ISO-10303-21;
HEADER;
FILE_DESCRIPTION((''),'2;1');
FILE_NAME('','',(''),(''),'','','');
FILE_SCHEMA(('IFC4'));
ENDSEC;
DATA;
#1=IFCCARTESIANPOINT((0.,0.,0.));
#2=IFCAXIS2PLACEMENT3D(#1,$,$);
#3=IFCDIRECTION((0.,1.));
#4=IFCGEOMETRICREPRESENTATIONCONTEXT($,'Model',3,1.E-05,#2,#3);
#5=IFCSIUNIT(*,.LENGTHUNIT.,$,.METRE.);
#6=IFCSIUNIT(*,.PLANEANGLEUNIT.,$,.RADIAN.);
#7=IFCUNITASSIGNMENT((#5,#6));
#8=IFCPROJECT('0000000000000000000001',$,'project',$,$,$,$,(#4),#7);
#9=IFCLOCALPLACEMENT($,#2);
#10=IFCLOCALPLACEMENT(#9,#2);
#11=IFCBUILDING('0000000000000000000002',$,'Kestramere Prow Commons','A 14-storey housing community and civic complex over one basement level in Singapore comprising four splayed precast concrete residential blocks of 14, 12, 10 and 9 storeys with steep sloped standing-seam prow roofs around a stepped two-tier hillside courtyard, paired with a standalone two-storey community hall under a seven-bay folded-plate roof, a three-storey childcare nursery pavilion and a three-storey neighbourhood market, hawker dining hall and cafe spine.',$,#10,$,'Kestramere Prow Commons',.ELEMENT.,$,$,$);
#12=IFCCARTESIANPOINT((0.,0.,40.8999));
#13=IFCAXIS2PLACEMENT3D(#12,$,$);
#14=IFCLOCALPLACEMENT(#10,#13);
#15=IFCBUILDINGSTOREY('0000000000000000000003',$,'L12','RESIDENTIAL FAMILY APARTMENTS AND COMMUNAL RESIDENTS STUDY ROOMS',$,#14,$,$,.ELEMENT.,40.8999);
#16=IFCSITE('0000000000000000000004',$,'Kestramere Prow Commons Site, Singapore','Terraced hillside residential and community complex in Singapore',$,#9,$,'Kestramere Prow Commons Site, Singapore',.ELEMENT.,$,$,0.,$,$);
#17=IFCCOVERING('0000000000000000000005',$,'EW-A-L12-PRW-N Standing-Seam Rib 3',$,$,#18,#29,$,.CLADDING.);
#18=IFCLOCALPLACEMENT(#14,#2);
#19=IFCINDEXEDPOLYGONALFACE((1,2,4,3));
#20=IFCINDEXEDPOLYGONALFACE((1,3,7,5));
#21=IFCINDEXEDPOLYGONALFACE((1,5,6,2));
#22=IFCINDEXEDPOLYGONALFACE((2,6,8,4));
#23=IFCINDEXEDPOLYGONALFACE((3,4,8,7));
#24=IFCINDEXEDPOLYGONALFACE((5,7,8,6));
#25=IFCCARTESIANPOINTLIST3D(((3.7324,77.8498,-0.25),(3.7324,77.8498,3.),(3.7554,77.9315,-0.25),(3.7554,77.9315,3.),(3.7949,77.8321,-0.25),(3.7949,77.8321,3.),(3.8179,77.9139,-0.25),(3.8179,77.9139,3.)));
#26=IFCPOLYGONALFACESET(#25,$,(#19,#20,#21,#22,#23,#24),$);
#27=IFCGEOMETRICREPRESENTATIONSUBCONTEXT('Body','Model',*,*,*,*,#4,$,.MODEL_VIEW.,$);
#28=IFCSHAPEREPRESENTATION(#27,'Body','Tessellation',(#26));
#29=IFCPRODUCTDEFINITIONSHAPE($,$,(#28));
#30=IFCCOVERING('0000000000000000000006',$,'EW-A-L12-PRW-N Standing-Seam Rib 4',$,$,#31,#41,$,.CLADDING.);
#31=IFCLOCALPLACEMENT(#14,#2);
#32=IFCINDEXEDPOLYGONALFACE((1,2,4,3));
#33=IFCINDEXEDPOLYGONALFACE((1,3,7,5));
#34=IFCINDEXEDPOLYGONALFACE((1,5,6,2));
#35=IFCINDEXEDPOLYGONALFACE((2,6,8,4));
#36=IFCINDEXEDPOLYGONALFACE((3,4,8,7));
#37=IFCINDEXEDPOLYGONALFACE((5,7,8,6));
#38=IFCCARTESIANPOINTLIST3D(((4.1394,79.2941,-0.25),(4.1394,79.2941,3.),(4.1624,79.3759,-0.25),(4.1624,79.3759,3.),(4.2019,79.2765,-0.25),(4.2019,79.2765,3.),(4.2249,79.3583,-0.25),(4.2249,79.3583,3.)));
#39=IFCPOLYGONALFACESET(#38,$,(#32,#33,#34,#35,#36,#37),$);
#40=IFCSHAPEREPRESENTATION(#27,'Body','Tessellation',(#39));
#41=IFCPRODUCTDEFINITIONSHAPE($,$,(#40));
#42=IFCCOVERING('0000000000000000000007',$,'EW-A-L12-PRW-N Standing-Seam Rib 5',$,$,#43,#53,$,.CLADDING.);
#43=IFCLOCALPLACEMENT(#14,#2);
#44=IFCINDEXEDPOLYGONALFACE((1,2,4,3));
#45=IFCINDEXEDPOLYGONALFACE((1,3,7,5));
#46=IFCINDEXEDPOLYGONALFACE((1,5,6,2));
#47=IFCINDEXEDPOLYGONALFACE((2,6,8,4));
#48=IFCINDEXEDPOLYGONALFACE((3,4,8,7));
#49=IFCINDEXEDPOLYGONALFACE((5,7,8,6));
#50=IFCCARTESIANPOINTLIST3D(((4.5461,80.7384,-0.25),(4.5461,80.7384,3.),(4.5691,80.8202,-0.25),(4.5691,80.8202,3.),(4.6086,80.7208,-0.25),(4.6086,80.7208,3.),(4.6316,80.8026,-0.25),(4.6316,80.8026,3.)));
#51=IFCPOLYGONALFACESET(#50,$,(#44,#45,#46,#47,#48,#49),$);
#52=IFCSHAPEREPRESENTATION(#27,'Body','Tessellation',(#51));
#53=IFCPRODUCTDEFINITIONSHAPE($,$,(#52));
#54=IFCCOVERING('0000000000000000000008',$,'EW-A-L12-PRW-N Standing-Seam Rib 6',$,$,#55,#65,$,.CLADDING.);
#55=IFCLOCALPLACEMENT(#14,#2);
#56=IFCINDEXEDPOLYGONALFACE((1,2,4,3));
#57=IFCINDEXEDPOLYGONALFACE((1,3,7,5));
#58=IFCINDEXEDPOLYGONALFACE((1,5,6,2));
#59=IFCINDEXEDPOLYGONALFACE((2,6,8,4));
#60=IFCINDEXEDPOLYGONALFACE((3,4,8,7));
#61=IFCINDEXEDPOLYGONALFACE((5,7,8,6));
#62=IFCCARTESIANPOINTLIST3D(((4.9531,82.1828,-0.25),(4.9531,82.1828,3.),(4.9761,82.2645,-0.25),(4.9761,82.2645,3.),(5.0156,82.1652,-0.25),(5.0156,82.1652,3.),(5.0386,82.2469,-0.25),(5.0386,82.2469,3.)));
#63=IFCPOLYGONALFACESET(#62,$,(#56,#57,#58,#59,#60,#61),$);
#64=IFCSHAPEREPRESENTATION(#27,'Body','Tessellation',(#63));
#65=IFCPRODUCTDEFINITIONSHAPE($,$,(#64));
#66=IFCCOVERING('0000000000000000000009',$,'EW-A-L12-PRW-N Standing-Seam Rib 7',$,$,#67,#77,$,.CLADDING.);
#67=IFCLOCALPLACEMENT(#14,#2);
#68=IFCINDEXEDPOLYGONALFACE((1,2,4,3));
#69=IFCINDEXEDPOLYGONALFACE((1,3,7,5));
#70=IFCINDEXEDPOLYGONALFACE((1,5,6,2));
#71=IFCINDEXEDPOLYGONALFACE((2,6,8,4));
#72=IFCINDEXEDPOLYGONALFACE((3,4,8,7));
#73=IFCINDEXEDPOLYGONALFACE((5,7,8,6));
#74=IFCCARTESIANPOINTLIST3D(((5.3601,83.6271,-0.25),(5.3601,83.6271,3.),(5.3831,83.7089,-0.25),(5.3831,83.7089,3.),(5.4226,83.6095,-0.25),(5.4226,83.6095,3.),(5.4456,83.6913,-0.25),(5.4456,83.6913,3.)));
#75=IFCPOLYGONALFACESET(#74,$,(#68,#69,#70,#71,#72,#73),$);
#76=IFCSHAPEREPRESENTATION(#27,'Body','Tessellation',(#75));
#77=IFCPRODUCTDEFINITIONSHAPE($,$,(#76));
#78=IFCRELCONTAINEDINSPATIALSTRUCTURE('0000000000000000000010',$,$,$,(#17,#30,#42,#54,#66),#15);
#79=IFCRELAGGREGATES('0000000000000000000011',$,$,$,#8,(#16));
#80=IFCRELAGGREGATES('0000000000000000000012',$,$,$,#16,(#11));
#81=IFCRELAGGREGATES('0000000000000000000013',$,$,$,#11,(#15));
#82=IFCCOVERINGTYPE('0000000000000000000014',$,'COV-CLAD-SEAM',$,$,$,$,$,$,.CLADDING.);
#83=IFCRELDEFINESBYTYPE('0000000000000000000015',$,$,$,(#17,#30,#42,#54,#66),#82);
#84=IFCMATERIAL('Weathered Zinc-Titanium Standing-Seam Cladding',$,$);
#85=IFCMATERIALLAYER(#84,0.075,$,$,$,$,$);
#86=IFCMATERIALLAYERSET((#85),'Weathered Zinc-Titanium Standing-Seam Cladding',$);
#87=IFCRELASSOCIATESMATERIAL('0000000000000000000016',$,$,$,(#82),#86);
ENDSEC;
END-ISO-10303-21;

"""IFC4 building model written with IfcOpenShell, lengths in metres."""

from ifc_helpers import new_model, si_unit, direction, frame, origin, origin_2d, place, context, subcontext, project, spatial, rectangle, extrude, material, layer, layer_set, type_object, element, save


model = new_model("IFC4")

# Units and contexts
model_context = context("Model", 3, precision=1e-05, world=origin(), true_north=direction((0.0, 1.0)))
body_context = subcontext(model_context, "Body", "Model", "MODEL_VIEW")
ifc_project = project(units=[si_unit("LENGTHUNIT", "METRE"), si_unit("PLANEANGLEUNIT", "RADIAN")], contexts=[model_context])

# Site, building, storey
site_placement = place(None, origin())
site = spatial("IfcSite", under=ifc_project, at=site_placement, Name="Kestramere Prow Commons Site, Singapore", Description="Terraced hillside residential and community complex in Singapore", LongName="Kestramere Prow Commons Site, Singapore", CompositionType="ELEMENT", RefElevation=0.0)
building_placement = place(site_placement, origin())
building = spatial("IfcBuilding", under=site, at=building_placement, Name="Kestramere Prow Commons", Description="A 14-storey housing community and civic complex over one basement level in Singapore comprising four splayed precast concrete residential blocks of 14, 12, 10 and 9 storeys with steep sloped standing-seam prow roofs around a stepped two-tier hillside courtyard, paired with a standalone two-storey community hall under a seven-bay folded-plate roof, a three-storey childcare nursery pavilion and a three-storey neighbourhood market, hawker dining hall and cafe spine.", LongName="Kestramere Prow Commons", CompositionType="ELEMENT")
storey_placement = place(building_placement, frame((0.0, 0.0, 40.8999)))
storey = spatial("IfcBuildingStorey", under=building, at=storey_placement, Name="L12", Description="RESIDENTIAL FAMILY APARTMENTS AND COMMUNAL RESIDENTS STUDY ROOMS", CompositionType="ELEMENT", Elevation=40.8999)

# Coverings
ifc_material_1 = material(Name="Weathered Zinc-Titanium Standing-Seam Cladding")
ifc_layer_1 = layer(ifc_material_1, 0.075)
ifc_layer_set_1 = layer_set([ifc_layer_1], Name="Weathered Zinc-Titanium Standing-Seam Cladding")
covering_type = type_object("IfcCoveringType", Name="COV-CLAD-SEAM", PredefinedType="CLADDING", material=ifc_layer_set_1)
for number, where, z_axis, x_axis, name in (
    (1, (3.7751, 77.8818, -0.25), (0.0, 0.0, 1.0), (0.27116, 0.962534, 0.0), "EW-A-L12-PRW-N Standing-Seam Rib 3"),
    (2, (4.1821, 79.3262, -0.25), (0.0, 0.0, 1.0), (0.27116, 0.962534, 0.0), "EW-A-L12-PRW-N Standing-Seam Rib 4"),
    (3, (4.5889, 80.7705, -0.25), (0.0, 0.0, 1.0), (0.27116, 0.962534, 0.0), "EW-A-L12-PRW-N Standing-Seam Rib 5"),
    (4, (4.9958, 82.2148, -0.25), (0.0, 0.0, 1.0), (0.27116, 0.962534, 0.0), "EW-A-L12-PRW-N Standing-Seam Rib 6"),
    (5, (5.4028, 83.6592, -0.25), (0.0, 0.0, 1.0), (0.27116, 0.962534, 0.0), "EW-A-L12-PRW-N Standing-Seam Rib 7"),
):
    element("IfcCovering", number, at=place(storey_placement, frame(where, z_axis=z_axis, x_axis=x_axis)), inside=storey, type_object=covering_type, Name=name, PredefinedType="CLADDING", context=body_context, shape_type="SweptSolid", body=[
        extrude(rectangle(XDim=0.085, YDim=0.0649, at=origin_2d()), origin(), (0.0, 0.0, 1.0), 3.25),
    ])

save(model, "model.ifc")
